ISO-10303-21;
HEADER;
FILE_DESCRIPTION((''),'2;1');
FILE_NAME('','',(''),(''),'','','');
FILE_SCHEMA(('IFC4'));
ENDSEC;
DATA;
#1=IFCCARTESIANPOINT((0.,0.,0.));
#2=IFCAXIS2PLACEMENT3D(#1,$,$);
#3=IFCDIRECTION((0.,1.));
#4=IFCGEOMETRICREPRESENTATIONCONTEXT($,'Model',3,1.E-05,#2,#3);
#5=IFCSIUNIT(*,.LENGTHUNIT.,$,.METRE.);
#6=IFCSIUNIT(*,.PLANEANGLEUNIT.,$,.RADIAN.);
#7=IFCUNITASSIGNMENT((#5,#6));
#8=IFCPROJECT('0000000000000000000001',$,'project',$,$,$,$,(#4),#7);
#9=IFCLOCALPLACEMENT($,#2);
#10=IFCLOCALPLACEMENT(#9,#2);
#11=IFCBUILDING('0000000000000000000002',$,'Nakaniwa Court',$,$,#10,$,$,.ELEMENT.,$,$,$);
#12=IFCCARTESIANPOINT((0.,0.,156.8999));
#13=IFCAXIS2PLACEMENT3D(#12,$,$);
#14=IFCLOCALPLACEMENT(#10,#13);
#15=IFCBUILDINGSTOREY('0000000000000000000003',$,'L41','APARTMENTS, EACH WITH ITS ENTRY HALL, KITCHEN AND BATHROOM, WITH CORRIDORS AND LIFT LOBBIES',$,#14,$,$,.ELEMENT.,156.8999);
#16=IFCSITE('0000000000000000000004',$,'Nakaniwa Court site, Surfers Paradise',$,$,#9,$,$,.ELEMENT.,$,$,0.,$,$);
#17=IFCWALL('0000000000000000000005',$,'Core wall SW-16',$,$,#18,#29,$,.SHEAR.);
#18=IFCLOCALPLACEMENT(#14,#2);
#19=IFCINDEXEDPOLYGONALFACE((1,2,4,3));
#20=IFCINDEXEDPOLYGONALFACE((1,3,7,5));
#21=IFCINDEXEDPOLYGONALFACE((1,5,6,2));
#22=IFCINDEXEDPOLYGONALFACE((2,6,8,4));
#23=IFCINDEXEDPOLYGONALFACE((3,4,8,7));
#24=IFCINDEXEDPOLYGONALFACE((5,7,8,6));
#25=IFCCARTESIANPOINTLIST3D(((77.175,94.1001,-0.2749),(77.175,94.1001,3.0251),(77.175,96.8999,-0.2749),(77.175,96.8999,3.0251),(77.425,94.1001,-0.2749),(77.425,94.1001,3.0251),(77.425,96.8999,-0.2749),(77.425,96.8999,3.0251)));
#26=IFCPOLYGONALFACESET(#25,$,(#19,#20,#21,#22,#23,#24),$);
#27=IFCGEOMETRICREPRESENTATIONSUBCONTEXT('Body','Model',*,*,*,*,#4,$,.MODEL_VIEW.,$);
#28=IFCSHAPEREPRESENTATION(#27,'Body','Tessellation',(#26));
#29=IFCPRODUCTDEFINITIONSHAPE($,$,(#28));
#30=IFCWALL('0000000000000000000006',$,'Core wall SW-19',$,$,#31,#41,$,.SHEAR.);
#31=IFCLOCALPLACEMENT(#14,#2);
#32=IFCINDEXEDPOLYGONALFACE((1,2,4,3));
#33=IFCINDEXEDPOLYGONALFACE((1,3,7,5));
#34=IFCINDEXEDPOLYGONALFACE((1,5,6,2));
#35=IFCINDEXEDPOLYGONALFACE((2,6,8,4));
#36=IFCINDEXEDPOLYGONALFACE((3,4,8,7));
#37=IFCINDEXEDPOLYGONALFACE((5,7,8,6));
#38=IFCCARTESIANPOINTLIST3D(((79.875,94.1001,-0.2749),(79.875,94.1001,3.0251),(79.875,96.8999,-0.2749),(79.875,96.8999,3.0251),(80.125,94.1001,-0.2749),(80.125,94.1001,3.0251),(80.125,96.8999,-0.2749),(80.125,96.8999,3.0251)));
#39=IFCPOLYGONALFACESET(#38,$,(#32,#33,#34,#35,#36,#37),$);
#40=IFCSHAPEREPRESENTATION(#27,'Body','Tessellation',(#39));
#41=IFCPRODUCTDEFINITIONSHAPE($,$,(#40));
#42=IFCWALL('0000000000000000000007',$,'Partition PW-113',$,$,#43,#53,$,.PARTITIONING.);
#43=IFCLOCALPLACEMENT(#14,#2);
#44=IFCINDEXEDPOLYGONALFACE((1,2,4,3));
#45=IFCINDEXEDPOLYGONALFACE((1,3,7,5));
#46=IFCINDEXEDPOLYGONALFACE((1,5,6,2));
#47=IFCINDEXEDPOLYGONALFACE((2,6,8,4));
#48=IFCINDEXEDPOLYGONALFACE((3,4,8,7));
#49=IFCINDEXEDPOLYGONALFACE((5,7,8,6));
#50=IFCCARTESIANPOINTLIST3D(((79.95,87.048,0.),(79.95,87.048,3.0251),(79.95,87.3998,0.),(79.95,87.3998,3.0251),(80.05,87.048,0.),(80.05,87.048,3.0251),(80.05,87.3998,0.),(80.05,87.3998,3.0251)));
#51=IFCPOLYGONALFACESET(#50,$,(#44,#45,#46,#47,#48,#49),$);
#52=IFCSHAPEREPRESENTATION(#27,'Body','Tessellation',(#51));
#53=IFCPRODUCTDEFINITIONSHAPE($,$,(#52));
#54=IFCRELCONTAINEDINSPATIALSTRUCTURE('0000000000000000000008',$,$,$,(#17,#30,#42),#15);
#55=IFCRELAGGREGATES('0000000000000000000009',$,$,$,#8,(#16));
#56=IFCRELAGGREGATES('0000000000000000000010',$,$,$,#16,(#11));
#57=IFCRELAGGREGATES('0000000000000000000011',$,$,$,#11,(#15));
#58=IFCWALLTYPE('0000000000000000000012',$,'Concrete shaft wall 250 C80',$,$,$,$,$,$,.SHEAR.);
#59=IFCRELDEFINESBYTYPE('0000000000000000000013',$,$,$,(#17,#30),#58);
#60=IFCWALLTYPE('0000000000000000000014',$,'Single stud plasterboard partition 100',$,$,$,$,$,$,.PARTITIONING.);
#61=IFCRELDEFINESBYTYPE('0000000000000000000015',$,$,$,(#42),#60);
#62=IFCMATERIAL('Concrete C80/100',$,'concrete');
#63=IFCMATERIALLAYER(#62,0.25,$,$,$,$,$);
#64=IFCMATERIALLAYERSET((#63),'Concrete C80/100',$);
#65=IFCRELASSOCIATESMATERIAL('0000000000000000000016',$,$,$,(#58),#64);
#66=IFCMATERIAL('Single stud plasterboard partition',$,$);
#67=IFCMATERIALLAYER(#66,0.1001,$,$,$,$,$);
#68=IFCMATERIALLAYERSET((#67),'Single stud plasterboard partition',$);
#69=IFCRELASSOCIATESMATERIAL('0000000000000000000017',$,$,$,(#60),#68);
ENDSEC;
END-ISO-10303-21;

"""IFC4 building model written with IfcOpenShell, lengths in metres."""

from ifc_helpers import new_model, si_unit, direction, frame, frame_2d, origin, place, context, subcontext, project, spatial, rectangle, extrude, material, layer, layer_set, type_object, element, save


model = new_model("IFC4")

# Units and contexts
model_context = context("Model", 3, precision=1e-05, world=origin(), true_north=direction((0.0, 1.0)))
body_context = subcontext(model_context, "Body", "Model", "MODEL_VIEW")
ifc_project = project(units=[si_unit("LENGTHUNIT", "METRE"), si_unit("PLANEANGLEUNIT", "RADIAN")], contexts=[model_context])

# Site, building, storey
site_placement = place(None, origin())
site = spatial("IfcSite", under=ifc_project, at=site_placement, Name="Nakaniwa Court site, Surfers Paradise", CompositionType="ELEMENT", RefElevation=0.0)
building_placement = place(site_placement, origin())
building = spatial("IfcBuilding", under=site, at=building_placement, Name="Nakaniwa Court", CompositionType="ELEMENT")
storey_placement = place(building_placement, frame((0.0, 0.0, 156.8999)))
storey = spatial("IfcBuildingStorey", under=building, at=storey_placement, Name="L41", Description="APARTMENTS, EACH WITH ITS ENTRY HALL, KITCHEN AND BATHROOM, WITH CORRIDORS AND LIFT LOBBIES", CompositionType="ELEMENT", Elevation=156.8999)

# Shared definitions
ifc_material_1 = material(Name="Concrete C80/100", Category="concrete")

# Walls
ifc_layer_1 = layer(ifc_material_1, 0.25)
ifc_layer_set_1 = layer_set([ifc_layer_1], Name="Concrete C80/100")
wall_type_1 = type_object("IfcWallType", Name="Concrete shaft wall 250 C80", PredefinedType="SHEAR", material=ifc_layer_set_1)
for number, where, z_axis, x_axis, name in (
    (1, (77.3, 94.1001, -0.2749), (0.0, 0.0, 1.0), (0.0, 1.0, 0.0), "Core wall SW-16"),
    (2, (80.0, 94.1001, -0.2749), (0.0, 0.0, 1.0), (0.0, 1.0, 0.0), "Core wall SW-19"),
):
    element("IfcWall", number, at=place(storey_placement, frame(where, z_axis=z_axis, x_axis=x_axis)), inside=storey, type_object=wall_type_1, Name=name, PredefinedType="SHEAR", context=body_context, shape_type="SweptSolid", body=[
        extrude(rectangle(XDim=2.7998, YDim=0.25, at=frame_2d((1.3999, 0.0))), origin(), (0.0, 0.0, 1.0), 3.3),
    ])
ifc_material_2 = material(Name="Single stud plasterboard partition")
ifc_layer_2 = layer(ifc_material_2, 0.1001)
ifc_layer_set_2 = layer_set([ifc_layer_2], Name="Single stud plasterboard partition")
wall_type_2 = type_object("IfcWallType", Name="Single stud plasterboard partition 100", PredefinedType="PARTITIONING", material=ifc_layer_set_2)
wall_1_placement = place(storey_placement, frame((80.0, 87.0481, 0.0), z_axis=(0.0, 0.0, 1.0), x_axis=(0.0, 1.0, 0.0)))
element("IfcWall", 3, at=wall_1_placement, inside=storey, type_object=wall_type_2, Name="Partition PW-113", PredefinedType="PARTITIONING", context=body_context, shape_type="SweptSolid", body=[
    extrude(rectangle(XDim=0.3518, YDim=0.1001, at=frame_2d((0.1758, 0.0))), origin(), (0.0, 0.0, 1.0), 3.0251),
])

save(model, "model.ifc")
